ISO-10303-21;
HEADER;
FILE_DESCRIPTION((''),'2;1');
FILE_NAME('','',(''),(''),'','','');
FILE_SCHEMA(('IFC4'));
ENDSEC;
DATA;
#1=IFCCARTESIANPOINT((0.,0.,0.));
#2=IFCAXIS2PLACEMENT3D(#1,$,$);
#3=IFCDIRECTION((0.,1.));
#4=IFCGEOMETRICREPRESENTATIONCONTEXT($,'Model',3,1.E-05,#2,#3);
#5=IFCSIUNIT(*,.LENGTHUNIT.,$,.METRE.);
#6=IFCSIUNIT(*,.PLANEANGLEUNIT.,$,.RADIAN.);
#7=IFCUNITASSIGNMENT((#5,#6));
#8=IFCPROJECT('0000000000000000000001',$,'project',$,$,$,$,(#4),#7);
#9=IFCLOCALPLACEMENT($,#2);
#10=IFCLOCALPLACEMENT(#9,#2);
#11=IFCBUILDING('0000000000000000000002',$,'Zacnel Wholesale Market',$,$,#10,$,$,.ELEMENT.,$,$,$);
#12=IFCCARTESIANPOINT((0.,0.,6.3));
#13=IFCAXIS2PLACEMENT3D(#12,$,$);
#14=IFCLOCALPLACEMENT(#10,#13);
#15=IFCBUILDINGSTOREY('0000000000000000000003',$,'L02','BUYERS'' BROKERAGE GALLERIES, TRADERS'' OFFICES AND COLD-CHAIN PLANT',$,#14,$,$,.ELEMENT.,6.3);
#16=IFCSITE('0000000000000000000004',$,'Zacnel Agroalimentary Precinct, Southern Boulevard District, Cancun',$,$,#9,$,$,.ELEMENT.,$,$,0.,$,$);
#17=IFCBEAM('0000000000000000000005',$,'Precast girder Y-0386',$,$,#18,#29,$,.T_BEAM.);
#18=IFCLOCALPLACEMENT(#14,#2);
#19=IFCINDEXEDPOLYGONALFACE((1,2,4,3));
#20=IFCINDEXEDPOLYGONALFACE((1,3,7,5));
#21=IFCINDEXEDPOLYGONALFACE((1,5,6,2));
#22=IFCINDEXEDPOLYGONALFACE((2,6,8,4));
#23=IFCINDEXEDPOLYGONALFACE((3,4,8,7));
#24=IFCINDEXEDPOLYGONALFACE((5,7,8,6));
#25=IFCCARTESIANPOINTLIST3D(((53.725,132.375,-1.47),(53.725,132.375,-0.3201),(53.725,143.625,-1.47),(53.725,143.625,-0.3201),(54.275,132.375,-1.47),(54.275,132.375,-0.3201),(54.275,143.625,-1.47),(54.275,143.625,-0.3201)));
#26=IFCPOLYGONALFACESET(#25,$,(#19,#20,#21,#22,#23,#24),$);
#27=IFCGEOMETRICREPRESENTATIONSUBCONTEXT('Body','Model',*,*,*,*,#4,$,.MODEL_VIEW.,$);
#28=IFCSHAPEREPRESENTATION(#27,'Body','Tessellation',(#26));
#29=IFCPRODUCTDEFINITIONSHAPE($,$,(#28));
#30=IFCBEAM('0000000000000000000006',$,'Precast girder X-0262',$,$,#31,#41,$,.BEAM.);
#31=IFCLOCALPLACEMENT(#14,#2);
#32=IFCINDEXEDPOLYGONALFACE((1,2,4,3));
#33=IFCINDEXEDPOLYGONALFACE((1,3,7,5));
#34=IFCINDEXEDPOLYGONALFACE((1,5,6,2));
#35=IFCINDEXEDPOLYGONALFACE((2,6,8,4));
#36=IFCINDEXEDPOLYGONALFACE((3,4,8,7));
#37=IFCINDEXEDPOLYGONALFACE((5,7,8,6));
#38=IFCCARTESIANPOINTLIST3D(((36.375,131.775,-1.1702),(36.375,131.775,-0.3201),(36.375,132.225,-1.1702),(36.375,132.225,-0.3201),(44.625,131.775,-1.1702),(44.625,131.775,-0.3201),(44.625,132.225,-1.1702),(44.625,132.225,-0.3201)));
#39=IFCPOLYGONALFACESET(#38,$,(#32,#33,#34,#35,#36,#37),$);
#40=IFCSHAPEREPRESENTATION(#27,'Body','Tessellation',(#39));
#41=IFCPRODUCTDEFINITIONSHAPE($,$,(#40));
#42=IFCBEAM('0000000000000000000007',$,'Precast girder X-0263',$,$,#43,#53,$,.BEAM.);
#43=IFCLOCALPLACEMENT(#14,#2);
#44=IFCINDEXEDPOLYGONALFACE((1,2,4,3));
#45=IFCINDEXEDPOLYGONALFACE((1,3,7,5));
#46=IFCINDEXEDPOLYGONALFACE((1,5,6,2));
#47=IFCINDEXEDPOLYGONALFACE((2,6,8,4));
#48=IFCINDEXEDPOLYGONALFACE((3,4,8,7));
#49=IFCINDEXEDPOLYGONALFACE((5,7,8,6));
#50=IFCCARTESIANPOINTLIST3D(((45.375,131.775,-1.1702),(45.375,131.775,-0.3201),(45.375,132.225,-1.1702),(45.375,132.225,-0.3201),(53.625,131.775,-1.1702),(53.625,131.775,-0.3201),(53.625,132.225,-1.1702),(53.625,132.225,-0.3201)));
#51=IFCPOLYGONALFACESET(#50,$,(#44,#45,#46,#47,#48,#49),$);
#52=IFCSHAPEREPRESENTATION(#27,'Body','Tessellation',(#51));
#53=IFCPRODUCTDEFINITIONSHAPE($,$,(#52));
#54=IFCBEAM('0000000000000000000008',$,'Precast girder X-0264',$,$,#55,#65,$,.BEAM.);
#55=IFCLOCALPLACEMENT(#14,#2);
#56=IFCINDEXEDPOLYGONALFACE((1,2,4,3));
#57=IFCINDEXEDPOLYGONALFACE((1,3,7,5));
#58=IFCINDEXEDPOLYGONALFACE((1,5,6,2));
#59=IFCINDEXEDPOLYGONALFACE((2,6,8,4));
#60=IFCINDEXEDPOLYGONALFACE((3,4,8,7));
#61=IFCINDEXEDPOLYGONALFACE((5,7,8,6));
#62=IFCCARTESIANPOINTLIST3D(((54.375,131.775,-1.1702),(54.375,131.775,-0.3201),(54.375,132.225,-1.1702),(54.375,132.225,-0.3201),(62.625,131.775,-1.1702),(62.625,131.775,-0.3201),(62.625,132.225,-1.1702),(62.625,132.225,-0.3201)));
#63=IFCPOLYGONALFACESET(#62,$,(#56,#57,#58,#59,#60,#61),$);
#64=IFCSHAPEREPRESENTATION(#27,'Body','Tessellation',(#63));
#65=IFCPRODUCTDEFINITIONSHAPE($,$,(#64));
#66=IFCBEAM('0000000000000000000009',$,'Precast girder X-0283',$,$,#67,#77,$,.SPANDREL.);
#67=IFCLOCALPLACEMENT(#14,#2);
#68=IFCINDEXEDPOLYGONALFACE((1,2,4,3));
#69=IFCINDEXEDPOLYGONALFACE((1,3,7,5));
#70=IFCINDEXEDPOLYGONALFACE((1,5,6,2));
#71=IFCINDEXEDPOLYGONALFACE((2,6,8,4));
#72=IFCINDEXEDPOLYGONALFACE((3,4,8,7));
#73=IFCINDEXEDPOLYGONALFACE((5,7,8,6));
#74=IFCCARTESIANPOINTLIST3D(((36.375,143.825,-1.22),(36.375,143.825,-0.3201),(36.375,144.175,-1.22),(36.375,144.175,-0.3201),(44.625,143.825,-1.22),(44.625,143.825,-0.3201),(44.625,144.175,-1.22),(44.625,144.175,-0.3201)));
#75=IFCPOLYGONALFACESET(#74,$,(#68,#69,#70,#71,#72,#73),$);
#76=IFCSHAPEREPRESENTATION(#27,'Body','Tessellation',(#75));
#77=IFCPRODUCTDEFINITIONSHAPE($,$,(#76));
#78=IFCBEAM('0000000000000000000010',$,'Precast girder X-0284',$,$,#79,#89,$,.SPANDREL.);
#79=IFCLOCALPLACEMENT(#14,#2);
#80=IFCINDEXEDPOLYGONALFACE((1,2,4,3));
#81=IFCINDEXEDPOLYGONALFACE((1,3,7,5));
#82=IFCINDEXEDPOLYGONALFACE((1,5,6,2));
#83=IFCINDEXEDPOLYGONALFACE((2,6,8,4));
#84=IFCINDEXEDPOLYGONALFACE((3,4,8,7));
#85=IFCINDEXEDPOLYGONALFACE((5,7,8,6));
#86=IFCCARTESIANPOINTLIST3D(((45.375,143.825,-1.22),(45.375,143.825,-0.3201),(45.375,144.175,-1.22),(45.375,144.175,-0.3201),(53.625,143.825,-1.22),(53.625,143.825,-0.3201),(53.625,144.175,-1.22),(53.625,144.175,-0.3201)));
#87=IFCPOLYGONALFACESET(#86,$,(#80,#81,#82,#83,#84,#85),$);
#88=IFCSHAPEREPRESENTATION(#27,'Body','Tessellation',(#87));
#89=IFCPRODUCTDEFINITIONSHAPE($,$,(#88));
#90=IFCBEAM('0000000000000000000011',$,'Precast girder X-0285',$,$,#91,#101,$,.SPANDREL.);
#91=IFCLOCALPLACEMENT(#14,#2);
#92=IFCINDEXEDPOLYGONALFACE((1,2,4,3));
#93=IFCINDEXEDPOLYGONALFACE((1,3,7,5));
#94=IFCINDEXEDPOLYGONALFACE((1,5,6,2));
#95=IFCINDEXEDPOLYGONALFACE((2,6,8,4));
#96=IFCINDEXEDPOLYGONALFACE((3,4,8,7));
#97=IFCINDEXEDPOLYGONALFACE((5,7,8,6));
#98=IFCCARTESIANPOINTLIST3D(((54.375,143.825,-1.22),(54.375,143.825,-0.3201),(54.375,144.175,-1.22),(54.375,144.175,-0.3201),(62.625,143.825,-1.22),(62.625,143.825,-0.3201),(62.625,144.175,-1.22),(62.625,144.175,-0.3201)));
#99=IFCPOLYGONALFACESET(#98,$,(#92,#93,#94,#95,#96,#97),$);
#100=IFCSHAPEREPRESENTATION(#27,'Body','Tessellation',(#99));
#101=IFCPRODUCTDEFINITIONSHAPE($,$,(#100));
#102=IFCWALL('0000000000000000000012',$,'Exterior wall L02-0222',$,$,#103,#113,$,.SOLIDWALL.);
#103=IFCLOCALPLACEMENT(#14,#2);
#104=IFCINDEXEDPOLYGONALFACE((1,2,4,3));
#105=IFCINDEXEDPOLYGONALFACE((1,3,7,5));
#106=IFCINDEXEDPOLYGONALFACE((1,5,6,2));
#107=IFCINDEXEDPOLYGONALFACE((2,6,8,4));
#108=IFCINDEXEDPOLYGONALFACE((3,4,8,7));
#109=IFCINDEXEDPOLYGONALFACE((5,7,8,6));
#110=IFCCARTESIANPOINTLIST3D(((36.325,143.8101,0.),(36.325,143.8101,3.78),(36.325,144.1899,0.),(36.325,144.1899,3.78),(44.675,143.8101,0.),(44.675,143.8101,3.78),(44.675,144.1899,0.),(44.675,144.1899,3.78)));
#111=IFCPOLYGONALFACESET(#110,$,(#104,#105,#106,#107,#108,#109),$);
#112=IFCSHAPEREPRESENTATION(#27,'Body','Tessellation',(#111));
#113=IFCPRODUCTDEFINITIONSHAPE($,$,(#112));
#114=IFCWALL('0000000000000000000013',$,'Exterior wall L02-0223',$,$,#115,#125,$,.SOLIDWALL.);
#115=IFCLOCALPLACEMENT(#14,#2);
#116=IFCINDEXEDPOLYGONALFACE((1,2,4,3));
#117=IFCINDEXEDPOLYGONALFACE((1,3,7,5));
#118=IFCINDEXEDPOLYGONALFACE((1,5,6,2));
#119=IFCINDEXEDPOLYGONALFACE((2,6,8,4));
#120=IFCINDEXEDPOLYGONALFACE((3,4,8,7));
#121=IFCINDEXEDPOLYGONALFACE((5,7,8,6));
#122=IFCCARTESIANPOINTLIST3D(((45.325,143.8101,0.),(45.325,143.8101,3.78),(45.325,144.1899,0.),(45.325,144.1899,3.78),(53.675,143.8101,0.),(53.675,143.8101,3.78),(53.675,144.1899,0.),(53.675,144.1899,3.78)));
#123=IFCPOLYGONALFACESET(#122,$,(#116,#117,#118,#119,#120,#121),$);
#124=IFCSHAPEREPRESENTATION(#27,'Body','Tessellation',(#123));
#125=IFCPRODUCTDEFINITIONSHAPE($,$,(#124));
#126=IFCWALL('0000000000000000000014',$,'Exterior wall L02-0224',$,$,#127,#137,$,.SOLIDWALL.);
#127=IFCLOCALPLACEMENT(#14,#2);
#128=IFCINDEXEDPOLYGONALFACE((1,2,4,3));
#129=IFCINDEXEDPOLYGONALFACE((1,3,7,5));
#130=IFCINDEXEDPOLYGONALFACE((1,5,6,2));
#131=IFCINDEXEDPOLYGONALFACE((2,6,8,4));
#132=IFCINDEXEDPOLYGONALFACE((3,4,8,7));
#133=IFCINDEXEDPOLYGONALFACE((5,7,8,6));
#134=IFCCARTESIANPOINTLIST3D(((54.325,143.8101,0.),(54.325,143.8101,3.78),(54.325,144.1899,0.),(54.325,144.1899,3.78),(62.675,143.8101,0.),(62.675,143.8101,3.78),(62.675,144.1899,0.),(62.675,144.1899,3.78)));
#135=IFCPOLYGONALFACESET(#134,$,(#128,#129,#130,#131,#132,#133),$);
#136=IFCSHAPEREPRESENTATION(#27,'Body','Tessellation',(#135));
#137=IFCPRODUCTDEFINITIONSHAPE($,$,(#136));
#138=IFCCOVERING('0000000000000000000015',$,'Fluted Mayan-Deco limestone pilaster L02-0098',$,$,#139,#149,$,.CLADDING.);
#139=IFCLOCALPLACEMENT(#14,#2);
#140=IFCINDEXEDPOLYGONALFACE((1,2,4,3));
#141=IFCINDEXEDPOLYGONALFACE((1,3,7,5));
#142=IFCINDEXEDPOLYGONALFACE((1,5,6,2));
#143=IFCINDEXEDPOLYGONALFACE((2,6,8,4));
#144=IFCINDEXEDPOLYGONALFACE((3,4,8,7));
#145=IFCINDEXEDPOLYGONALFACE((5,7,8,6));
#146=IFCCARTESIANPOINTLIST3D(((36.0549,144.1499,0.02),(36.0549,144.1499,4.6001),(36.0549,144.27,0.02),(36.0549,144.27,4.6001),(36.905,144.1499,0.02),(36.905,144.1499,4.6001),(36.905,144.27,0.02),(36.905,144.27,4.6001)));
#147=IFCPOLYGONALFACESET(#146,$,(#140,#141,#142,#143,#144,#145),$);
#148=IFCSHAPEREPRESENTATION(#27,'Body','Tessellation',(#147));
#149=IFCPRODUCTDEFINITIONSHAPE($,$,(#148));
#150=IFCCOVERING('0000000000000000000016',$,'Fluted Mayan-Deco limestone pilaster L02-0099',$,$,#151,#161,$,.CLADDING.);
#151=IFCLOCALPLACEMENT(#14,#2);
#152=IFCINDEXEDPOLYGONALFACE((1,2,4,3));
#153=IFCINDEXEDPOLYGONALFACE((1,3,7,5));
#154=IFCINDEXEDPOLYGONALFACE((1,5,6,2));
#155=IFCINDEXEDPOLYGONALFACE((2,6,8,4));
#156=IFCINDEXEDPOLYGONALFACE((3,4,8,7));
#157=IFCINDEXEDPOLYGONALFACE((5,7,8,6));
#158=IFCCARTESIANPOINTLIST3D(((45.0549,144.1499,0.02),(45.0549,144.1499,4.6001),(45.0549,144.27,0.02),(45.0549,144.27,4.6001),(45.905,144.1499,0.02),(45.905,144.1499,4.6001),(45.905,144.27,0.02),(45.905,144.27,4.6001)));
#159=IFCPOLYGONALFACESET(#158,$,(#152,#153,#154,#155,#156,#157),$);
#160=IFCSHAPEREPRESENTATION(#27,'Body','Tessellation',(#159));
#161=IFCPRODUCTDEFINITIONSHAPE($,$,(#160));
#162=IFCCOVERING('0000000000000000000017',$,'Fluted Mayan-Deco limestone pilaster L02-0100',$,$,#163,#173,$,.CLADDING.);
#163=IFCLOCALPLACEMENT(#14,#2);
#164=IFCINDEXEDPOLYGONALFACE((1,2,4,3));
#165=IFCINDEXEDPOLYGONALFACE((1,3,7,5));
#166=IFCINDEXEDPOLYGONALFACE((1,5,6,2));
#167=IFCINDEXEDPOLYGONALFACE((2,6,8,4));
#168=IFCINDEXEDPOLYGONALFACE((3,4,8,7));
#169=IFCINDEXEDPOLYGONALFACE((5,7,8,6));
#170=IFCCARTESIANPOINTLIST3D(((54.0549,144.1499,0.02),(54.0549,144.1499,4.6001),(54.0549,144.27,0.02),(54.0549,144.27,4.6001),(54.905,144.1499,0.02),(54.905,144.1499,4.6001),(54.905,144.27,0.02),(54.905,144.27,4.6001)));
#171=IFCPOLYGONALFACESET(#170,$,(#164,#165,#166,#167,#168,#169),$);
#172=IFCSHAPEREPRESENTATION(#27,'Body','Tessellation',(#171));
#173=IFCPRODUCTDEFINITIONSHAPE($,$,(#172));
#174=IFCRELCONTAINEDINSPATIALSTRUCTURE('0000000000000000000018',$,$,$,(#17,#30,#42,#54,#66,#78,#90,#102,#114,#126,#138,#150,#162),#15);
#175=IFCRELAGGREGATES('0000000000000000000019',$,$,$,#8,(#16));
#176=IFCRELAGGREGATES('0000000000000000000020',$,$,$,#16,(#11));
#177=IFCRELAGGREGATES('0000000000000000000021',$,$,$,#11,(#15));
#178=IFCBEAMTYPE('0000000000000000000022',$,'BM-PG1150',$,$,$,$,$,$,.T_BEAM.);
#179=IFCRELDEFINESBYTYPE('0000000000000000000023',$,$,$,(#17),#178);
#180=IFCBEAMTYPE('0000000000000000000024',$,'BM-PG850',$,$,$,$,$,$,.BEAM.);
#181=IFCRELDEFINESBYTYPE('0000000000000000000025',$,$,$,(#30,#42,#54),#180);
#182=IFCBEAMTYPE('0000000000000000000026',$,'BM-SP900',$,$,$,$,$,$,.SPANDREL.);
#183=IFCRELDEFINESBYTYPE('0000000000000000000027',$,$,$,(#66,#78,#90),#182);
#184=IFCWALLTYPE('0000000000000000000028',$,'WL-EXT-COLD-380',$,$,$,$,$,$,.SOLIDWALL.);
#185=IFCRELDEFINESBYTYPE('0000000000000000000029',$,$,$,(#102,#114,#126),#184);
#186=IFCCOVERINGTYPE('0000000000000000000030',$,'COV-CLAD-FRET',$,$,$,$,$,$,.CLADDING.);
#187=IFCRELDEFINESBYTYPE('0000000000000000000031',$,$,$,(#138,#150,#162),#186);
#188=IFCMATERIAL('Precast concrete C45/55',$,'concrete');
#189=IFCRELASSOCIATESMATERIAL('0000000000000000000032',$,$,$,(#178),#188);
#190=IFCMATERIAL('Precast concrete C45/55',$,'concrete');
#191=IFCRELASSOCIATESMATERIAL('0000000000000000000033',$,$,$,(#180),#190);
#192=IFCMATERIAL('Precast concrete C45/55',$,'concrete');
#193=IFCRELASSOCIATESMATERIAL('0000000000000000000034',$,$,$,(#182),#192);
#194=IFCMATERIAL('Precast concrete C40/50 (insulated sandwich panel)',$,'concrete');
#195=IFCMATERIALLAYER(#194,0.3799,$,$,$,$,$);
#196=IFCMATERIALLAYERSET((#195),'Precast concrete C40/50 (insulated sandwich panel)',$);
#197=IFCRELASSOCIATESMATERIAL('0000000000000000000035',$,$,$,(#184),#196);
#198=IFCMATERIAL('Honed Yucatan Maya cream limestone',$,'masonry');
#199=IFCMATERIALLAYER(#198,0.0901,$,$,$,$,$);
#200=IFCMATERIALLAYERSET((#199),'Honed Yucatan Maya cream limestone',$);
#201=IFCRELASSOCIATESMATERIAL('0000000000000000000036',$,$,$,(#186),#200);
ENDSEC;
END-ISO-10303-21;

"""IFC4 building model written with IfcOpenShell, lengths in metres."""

from ifc_helpers import new_model, si_unit, direction, frame, frame_2d, origin, origin_2d, place, context, subcontext, project, spatial, rectangle, extrude, material, layer, layer_set, material_profile, profile_set, type_object, element, save


model = new_model("IFC4")

# Units and contexts
model_context = context("Model", 3, precision=1e-05, world=origin(), true_north=direction((0.0, 1.0)))
body_context = subcontext(model_context, "Body", "Model", "MODEL_VIEW")
ifc_project = project(units=[si_unit("LENGTHUNIT", "METRE"), si_unit("PLANEANGLEUNIT", "RADIAN")], contexts=[model_context])

# Site, building, storey
site_placement = place(None, origin())
site = spatial("IfcSite", under=ifc_project, at=site_placement, Name="Zacnel Agroalimentary Precinct, Southern Boulevard District, Cancun", CompositionType="ELEMENT", RefElevation=0.0)
building_placement = place(site_placement, origin())
building = spatial("IfcBuilding", under=site, at=building_placement, Name="Zacnel Wholesale Market", CompositionType="ELEMENT")
storey_placement = place(building_placement, frame((0.0, 0.0, 6.3)))
storey = spatial("IfcBuildingStorey", under=building, at=storey_placement, Name="L02", Description="BUYERS' BROKERAGE GALLERIES, TRADERS' OFFICES AND COLD-CHAIN PLANT", CompositionType="ELEMENT", Elevation=6.3)

# Beams
ifc_material_1 = material(Name="Precast concrete C45/55", Category="concrete")
ifc_material_profile_1 = material_profile(ifc_material_1, rectangle(XDim=0.55, YDim=1.1499, at=origin_2d()), Name="PG 550x1150")
ifc_profile_set_1 = profile_set([ifc_material_profile_1], Name="Precast concrete C45/55")
beam_type_1 = type_object("IfcBeamType", Name="BM-PG1150", PredefinedType="T_BEAM", material=ifc_profile_set_1)
for number, where, z_axis, x_axis, name in (
    (1, (54.0, 132.375, -0.895), (0.0, 1.0, 0.0), (-1.0, 0.0, 0.0), "Precast girder Y-0386"),
):
    element("IfcBeam", number, at=place(storey_placement, frame(where, z_axis=z_axis, x_axis=x_axis)), inside=storey, type_object=beam_type_1, Name=name, PredefinedType="T_BEAM", context=body_context, shape_type="SweptSolid", body=[
        extrude(rectangle(XDim=0.55, YDim=1.1499, at=origin_2d()), origin(), (0.0, 0.0, 1.0), 11.25),
    ])
ifc_material_2 = material(Name="Precast concrete C45/55", Category="concrete")
ifc_material_profile_2 = material_profile(ifc_material_2, rectangle(XDim=0.45, YDim=0.8501, at=origin_2d()), Name="PG 450x850")
ifc_profile_set_2 = profile_set([ifc_material_profile_2], Name="Precast concrete C45/55")
beam_type_2 = type_object("IfcBeamType", Name="BM-PG850", PredefinedType="BEAM", material=ifc_profile_set_2)
for number, where, z_axis, x_axis, name in (
    (2, (36.375, 132.0, -0.7451), (1.0, 0.0, 0.0), (0.0, 1.0, 0.0), "Precast girder X-0262"),
    (3, (45.375, 132.0, -0.7451), (1.0, 0.0, 0.0), (0.0, 1.0, 0.0), "Precast girder X-0263"),
    (4, (54.375, 132.0, -0.7451), (1.0, 0.0, 0.0), (0.0, 1.0, 0.0), "Precast girder X-0264"),
):
    element("IfcBeam", number, at=place(storey_placement, frame(where, z_axis=z_axis, x_axis=x_axis)), inside=storey, type_object=beam_type_2, Name=name, PredefinedType="BEAM", context=body_context, shape_type="SweptSolid", body=[
        extrude(rectangle(XDim=0.45, YDim=0.8501, at=origin_2d()), origin(), (0.0, 0.0, 1.0), 8.25),
    ])
ifc_material_3 = material(Name="Precast concrete C45/55", Category="concrete")
ifc_material_profile_3 = material_profile(ifc_material_3, rectangle(XDim=0.3501, YDim=0.8999, at=origin_2d()), Name="SP 350x900")
ifc_profile_set_3 = profile_set([ifc_material_profile_3], Name="Precast concrete C45/55")
beam_type_3 = type_object("IfcBeamType", Name="BM-SP900", PredefinedType="SPANDREL", material=ifc_profile_set_3)
for number, where, z_axis, x_axis, name in (
    (5, (36.375, 144.0, -0.77), (1.0, 0.0, 0.0), (0.0, 1.0, 0.0), "Precast girder X-0283"),
    (6, (45.375, 144.0, -0.77), (1.0, 0.0, 0.0), (0.0, 1.0, 0.0), "Precast girder X-0284"),
    (7, (54.375, 144.0, -0.77), (1.0, 0.0, 0.0), (0.0, 1.0, 0.0), "Precast girder X-0285"),
):
    element("IfcBeam", number, at=place(storey_placement, frame(where, z_axis=z_axis, x_axis=x_axis)), inside=storey, type_object=beam_type_3, Name=name, PredefinedType="SPANDREL", context=body_context, shape_type="SweptSolid", body=[
        extrude(rectangle(XDim=0.3501, YDim=0.8999, at=origin_2d()), origin(), (0.0, 0.0, 1.0), 8.25),
    ])

# Walls
ifc_material_4 = material(Name="Precast concrete C40/50 (insulated sandwich panel)", Category="concrete")
ifc_layer_1 = layer(ifc_material_4, 0.3799)
ifc_layer_set_1 = layer_set([ifc_layer_1], Name="Precast concrete C40/50 (insulated sandwich panel)")
wall_type = type_object("IfcWallType", Name="WL-EXT-COLD-380", PredefinedType="SOLIDWALL", material=ifc_layer_set_1)
for number, where, z_axis, x_axis, name in (
    (8, (36.325, 144.0, 0.0), (0.0, 0.0, 1.0), (1.0, 0.0, 0.0), "Exterior wall L02-0222"),
    (9, (45.325, 144.0, 0.0), (0.0, 0.0, 1.0), (1.0, 0.0, 0.0), "Exterior wall L02-0223"),
    (10, (54.325, 144.0, 0.0), (0.0, 0.0, 1.0), (1.0, 0.0, 0.0), "Exterior wall L02-0224"),
):
    element("IfcWall", number, at=place(storey_placement, frame(where, z_axis=z_axis, x_axis=x_axis)), inside=storey, type_object=wall_type, Name=name, PredefinedType="SOLIDWALL", context=body_context, shape_type="SweptSolid", body=[
        extrude(rectangle(XDim=8.3501, YDim=0.3799, at=frame_2d((4.175, 0.0))), origin(), (0.0, 0.0, 1.0), 3.78),
    ])

# Coverings
ifc_material_5 = material(Name="Honed Yucatan Maya cream limestone", Category="masonry")
ifc_layer_2 = layer(ifc_material_5, 0.0901)
ifc_layer_set_2 = layer_set([ifc_layer_2], Name="Honed Yucatan Maya cream limestone")
covering_type = type_object("IfcCoveringType", Name="COV-CLAD-FRET", PredefinedType="CLADDING", material=ifc_layer_set_2)
for number, where, z_axis, x_axis, name in (
    (11, (36.48, 144.21, 0.02), (0.0, 0.0, 1.0), (1.0, 0.0, 0.0), "Fluted Mayan-Deco limestone pilaster L02-0098"),
    (12, (45.48, 144.21, 0.02), (0.0, 0.0, 1.0), (1.0, 0.0, 0.0), "Fluted Mayan-Deco limestone pilaster L02-0099"),
    (13, (54.48, 144.21, 0.02), (0.0, 0.0, 1.0), (1.0, 0.0, 0.0), "Fluted Mayan-Deco limestone pilaster L02-0100"),
):
    element("IfcCovering", number, at=place(storey_placement, frame(where, z_axis=z_axis, x_axis=x_axis)), inside=storey, type_object=covering_type, Name=name, PredefinedType="CLADDING", context=body_context, shape_type="SweptSolid", body=[
        extrude(rectangle(XDim=0.8501, YDim=0.1201, at=origin_2d()), origin(), (0.0, 0.0, 1.0), 4.5801),
    ])

save(model, "model.ifc")
